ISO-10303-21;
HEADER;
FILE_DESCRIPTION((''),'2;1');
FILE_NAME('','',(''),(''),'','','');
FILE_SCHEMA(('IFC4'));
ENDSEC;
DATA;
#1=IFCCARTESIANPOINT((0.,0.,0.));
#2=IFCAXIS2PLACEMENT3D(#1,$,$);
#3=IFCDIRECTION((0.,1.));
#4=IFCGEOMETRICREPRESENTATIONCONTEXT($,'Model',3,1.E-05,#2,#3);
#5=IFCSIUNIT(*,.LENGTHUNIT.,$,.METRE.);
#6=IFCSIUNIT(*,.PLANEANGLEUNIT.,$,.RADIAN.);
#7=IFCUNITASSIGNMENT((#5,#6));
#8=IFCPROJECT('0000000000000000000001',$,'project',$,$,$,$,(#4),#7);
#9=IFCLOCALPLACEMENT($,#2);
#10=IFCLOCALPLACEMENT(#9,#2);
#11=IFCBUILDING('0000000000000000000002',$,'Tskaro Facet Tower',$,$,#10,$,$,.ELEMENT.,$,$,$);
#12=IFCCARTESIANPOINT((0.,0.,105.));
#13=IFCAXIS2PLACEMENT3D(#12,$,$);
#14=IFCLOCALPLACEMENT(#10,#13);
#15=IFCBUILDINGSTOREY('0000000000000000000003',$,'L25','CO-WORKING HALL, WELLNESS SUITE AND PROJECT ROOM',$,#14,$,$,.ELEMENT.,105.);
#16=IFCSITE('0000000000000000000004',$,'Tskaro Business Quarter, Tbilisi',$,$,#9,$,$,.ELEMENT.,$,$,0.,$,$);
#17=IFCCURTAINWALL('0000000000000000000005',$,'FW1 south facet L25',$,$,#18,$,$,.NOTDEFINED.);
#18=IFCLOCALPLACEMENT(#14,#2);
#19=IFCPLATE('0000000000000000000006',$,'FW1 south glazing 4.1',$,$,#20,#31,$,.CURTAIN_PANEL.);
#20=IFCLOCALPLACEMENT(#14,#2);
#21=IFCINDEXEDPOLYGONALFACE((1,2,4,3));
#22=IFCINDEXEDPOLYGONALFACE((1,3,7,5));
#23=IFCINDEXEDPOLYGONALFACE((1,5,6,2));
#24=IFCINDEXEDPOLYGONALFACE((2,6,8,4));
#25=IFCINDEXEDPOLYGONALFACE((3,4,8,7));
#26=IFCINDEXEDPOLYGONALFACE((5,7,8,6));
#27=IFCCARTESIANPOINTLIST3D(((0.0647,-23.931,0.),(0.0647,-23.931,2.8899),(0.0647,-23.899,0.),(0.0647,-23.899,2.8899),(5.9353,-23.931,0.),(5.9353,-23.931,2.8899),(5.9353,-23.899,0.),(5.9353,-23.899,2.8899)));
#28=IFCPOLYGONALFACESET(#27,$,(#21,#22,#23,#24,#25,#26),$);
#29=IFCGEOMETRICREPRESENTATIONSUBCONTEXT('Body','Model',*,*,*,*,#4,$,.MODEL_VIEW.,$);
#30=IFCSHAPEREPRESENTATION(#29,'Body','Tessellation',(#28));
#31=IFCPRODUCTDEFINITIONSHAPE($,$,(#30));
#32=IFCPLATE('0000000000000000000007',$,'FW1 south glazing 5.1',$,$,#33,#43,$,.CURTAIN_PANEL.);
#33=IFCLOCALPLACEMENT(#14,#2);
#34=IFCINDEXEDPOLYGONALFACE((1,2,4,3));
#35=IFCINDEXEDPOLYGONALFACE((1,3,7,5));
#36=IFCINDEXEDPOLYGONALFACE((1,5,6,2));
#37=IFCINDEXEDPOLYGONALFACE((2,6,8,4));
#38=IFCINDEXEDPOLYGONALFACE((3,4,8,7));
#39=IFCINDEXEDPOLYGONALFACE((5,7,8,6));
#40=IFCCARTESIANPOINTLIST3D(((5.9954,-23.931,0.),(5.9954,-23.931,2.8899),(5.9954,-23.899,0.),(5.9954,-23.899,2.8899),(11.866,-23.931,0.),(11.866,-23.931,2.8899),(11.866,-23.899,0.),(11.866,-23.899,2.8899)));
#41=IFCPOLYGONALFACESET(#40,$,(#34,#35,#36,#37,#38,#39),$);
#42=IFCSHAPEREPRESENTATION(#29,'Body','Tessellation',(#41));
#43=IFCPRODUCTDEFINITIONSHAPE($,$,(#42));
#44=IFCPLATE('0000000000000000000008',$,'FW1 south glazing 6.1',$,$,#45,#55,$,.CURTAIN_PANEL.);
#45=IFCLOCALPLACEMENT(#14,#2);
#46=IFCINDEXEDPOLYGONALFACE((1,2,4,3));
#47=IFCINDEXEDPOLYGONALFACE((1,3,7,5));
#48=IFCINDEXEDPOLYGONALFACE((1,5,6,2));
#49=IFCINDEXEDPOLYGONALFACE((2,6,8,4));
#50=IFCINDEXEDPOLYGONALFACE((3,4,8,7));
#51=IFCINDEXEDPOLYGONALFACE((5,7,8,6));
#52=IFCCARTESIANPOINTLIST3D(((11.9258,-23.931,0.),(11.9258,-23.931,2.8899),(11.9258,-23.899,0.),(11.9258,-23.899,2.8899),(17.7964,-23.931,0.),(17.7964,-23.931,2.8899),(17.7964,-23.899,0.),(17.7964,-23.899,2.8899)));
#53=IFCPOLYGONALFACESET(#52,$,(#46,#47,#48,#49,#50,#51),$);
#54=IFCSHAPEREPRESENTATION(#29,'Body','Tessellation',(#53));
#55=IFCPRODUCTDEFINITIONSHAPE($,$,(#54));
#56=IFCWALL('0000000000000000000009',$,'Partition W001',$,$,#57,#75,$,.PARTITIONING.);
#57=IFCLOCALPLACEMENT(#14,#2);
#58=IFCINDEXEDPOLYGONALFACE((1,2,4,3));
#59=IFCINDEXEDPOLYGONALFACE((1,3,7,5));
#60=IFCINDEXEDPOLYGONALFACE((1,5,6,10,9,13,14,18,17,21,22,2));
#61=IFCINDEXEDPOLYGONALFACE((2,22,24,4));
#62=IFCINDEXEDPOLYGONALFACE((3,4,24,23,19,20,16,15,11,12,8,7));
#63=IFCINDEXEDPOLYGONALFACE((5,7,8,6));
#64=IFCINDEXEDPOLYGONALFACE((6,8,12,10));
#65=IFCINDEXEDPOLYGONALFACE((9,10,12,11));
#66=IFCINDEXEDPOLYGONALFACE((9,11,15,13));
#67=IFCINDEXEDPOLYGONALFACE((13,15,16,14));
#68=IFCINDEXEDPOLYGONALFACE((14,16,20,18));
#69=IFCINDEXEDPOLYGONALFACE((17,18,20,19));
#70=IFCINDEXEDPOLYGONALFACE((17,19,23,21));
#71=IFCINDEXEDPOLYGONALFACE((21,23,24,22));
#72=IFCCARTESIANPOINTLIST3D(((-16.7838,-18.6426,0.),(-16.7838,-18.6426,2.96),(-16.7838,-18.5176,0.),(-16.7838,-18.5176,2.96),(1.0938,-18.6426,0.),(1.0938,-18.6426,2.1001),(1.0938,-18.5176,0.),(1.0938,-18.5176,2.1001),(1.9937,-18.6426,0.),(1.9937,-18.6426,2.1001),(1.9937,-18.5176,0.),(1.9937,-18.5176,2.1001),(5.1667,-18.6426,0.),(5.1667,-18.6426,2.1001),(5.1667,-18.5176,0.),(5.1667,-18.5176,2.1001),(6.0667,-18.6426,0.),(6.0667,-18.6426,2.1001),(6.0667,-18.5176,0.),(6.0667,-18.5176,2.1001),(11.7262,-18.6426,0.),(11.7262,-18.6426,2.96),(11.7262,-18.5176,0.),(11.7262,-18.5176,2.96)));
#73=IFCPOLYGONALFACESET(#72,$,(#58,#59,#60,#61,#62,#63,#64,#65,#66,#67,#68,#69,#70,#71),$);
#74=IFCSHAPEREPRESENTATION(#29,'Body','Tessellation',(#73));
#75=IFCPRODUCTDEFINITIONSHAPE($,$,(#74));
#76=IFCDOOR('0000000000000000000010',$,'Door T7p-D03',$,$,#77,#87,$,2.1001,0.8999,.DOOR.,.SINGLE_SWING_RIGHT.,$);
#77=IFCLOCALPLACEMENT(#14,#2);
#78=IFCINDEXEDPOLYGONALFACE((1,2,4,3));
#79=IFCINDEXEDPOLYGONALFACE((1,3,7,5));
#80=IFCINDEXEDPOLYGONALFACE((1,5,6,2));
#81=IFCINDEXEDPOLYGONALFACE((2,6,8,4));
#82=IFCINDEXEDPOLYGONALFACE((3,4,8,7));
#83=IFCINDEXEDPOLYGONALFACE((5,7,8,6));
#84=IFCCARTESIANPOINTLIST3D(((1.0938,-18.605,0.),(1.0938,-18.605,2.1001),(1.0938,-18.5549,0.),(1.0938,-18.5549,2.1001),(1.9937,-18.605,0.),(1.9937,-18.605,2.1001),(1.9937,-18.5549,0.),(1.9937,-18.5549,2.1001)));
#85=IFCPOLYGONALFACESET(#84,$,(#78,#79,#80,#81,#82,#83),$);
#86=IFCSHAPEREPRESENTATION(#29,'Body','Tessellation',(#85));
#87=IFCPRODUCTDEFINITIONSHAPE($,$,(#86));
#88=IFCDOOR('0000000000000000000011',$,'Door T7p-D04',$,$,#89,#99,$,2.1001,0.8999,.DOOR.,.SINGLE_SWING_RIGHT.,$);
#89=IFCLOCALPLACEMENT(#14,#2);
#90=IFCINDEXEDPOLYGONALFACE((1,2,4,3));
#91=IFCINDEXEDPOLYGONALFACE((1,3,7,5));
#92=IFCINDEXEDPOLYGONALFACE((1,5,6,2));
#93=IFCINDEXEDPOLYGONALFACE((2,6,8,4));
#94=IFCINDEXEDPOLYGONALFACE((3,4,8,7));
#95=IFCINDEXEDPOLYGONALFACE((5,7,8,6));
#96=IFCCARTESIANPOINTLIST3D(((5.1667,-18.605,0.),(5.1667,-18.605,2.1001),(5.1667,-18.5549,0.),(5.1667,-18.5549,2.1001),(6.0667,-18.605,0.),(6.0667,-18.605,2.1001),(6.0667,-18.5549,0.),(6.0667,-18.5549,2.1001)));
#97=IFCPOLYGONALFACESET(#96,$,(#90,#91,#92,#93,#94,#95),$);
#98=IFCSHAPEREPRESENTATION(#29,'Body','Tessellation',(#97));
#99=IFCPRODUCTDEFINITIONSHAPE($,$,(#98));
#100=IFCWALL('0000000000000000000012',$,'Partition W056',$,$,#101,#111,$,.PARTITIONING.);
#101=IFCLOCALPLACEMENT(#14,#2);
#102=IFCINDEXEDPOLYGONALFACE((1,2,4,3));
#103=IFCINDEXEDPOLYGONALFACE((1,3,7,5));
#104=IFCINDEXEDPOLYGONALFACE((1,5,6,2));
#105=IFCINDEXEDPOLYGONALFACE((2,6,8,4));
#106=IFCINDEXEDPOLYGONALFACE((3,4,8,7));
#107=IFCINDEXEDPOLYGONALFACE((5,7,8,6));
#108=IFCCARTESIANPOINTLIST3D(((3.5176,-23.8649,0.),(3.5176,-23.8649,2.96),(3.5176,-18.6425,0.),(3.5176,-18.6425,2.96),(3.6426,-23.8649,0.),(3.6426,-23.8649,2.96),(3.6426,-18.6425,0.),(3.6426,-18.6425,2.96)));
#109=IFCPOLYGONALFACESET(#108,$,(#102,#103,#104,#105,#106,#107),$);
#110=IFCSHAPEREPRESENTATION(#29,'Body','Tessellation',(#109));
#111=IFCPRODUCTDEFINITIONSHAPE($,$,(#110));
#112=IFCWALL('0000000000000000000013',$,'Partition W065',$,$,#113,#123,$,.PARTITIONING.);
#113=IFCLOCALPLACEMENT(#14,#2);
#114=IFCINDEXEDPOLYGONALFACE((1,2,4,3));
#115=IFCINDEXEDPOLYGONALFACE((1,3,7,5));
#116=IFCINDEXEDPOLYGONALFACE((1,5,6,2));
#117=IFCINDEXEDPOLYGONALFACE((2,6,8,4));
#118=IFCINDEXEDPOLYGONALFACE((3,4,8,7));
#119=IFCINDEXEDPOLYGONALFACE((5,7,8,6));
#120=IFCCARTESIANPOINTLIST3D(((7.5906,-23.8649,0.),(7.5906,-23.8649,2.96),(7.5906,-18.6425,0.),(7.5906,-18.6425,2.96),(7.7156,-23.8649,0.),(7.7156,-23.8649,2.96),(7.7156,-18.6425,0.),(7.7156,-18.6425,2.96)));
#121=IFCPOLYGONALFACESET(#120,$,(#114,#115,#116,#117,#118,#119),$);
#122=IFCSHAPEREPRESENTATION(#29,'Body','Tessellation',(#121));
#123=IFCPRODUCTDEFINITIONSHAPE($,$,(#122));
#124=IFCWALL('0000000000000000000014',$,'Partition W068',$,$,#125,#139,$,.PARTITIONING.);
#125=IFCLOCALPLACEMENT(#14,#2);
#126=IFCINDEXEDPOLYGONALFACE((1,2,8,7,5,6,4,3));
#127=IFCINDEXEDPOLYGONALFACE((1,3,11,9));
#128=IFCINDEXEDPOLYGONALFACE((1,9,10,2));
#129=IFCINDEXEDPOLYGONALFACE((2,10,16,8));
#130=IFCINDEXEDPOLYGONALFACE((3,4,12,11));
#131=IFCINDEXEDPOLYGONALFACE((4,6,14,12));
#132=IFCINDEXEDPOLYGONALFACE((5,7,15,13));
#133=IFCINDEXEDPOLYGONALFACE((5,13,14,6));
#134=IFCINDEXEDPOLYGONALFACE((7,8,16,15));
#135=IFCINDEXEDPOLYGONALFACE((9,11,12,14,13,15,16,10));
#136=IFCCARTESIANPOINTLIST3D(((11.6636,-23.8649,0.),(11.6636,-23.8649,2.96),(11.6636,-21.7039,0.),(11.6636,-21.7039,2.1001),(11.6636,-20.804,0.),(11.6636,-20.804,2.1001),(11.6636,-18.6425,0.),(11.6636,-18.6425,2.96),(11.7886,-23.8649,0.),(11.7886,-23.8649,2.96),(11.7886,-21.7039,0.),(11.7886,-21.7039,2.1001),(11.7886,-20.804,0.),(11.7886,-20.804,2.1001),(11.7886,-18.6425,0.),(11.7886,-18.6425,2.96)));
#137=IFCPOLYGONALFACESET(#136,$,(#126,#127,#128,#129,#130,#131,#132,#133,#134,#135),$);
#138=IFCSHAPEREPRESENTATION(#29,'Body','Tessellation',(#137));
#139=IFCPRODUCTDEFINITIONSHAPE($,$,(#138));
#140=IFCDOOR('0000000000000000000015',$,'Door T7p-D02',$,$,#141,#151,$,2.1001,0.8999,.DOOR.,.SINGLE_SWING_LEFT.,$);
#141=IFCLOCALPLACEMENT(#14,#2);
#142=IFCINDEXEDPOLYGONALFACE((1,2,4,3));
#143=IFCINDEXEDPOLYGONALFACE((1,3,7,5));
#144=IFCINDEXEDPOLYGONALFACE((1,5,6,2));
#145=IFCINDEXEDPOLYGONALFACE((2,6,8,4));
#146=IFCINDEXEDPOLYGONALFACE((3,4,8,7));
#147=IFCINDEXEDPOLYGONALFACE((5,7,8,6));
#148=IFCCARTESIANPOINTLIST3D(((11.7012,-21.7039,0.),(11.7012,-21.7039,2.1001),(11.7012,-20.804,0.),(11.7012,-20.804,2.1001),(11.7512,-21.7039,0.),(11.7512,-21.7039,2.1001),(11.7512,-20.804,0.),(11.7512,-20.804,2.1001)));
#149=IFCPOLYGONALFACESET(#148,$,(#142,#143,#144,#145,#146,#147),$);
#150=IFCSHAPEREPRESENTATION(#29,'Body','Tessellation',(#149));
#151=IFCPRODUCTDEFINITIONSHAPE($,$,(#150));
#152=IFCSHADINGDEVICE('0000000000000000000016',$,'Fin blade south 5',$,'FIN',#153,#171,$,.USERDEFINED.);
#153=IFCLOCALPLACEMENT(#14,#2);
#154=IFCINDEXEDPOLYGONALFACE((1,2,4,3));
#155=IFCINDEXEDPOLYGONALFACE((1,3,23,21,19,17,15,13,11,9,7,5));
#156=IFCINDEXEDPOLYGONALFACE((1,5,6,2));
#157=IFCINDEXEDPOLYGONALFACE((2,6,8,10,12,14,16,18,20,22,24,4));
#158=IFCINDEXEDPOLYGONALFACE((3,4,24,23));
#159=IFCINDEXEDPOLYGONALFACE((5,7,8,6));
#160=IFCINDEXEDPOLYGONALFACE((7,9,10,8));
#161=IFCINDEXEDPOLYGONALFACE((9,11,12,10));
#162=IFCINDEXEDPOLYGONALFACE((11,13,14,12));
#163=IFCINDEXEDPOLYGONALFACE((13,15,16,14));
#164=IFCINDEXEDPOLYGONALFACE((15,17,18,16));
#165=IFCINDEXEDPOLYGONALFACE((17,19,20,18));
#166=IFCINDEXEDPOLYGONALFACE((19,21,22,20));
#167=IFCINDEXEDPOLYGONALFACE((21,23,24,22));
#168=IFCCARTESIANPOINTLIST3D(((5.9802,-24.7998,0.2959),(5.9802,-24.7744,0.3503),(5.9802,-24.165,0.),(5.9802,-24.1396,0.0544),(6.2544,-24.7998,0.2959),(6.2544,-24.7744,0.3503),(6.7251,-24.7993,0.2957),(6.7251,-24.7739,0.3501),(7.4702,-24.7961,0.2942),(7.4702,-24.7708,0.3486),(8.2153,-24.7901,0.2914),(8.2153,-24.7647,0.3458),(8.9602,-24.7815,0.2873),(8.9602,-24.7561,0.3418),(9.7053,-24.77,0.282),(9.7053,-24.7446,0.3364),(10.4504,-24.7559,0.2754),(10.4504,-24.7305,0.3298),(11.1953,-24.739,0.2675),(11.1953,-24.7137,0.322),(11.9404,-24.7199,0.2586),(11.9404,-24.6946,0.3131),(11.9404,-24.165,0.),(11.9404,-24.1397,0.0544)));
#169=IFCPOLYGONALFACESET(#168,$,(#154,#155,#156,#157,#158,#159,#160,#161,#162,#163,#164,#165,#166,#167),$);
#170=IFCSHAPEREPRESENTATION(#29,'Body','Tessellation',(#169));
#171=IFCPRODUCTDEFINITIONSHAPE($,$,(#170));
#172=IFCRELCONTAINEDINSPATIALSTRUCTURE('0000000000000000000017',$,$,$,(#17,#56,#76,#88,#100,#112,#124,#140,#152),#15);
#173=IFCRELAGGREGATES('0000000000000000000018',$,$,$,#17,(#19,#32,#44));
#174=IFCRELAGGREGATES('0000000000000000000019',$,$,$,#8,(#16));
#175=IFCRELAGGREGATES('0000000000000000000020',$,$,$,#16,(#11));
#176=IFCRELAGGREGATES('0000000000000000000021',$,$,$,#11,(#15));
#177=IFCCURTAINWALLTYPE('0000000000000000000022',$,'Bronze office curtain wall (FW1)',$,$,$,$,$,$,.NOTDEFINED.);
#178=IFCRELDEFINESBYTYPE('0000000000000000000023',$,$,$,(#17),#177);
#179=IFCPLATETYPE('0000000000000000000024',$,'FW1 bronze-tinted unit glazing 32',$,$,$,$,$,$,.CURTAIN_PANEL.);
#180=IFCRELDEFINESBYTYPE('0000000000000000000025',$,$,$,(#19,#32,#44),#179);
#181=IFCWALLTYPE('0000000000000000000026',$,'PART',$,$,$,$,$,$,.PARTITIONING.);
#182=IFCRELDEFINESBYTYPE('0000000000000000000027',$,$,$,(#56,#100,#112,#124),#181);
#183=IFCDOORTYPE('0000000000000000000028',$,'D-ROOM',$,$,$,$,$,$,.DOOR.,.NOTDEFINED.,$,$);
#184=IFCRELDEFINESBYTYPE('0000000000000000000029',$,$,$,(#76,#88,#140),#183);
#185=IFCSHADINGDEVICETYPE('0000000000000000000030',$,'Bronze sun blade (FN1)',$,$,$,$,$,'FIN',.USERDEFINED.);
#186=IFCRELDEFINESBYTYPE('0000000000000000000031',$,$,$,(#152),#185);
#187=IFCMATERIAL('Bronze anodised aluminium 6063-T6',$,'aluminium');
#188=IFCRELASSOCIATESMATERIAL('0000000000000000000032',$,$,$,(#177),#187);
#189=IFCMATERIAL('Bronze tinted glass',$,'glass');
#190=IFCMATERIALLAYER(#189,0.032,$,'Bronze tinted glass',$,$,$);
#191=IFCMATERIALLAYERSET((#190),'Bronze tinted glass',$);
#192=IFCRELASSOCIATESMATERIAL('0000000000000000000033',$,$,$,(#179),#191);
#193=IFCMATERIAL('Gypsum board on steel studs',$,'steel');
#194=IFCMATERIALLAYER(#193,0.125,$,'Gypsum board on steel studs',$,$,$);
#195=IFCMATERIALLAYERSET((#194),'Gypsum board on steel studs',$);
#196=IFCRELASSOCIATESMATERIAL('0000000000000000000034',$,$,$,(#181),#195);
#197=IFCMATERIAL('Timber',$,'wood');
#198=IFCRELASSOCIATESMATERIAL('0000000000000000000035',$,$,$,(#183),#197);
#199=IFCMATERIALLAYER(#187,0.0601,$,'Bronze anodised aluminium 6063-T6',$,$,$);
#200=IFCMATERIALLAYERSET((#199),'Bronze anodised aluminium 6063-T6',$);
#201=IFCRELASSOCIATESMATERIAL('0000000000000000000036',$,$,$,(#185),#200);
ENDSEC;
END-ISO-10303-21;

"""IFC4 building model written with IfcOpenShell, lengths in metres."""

from ifc_helpers import new_model, si_unit, direction, frame, frame_2d, origin, origin_2d, place, context, subcontext, project, spatial, polyline, rectangle, outline, extrude, material, layer, layer_set, type_object, element, fill, aggregate, save


model = new_model("IFC4")

# Units and contexts
model_context = context("Model", 3, precision=1e-05, world=origin(), true_north=direction((0.0, 1.0)))
body_context = subcontext(model_context, "Body", "Model", "MODEL_VIEW")
ifc_project = project(units=[si_unit("LENGTHUNIT", "METRE"), si_unit("PLANEANGLEUNIT", "RADIAN")], contexts=[model_context])

# Site, building, storey
site_placement = place(None, origin())
site = spatial("IfcSite", under=ifc_project, at=site_placement, Name="Tskaro Business Quarter, Tbilisi", CompositionType="ELEMENT", RefElevation=0.0)
building_placement = place(site_placement, origin())
building = spatial("IfcBuilding", under=site, at=building_placement, Name="Tskaro Facet Tower", CompositionType="ELEMENT")
storey_placement = place(building_placement, frame((0.0, 0.0, 105.0)))
storey = spatial("IfcBuildingStorey", under=building, at=storey_placement, Name="L25", Description="CO-WORKING HALL, WELLNESS SUITE AND PROJECT ROOM", CompositionType="ELEMENT", Elevation=105.0)

# Curtain wall
ifc_material_1 = material(Name="Bronze anodised aluminium 6063-T6", Category="aluminium")
curtain_wall_type = type_object("IfcCurtainWallType", Name="Bronze office curtain wall (FW1)", PredefinedType="NOTDEFINED", material=ifc_material_1)
curtain_wall_placement = place(storey_placement, origin())
curtain_wall = element("IfcCurtainWall", 1, at=curtain_wall_placement, inside=storey, type_object=curtain_wall_type, Name="FW1 south facet L25", PredefinedType="NOTDEFINED")

# Plates
ifc_material_2 = material(Name="Bronze tinted glass", Category="glass")
ifc_layer_1 = layer(ifc_material_2, 0.032, Name="Bronze tinted glass")
ifc_layer_set_1 = layer_set([ifc_layer_1], Name="Bronze tinted glass")
plate_type = type_object("IfcPlateType", Name="FW1 bronze-tinted unit glazing 32", PredefinedType="CURTAIN_PANEL", material=ifc_layer_set_1)
plate_1_placement = place(storey_placement, frame((3.0, -23.915, 0.0), z_axis=(0.0, 0.0, 1.0), x_axis=(1.0, 0.0, 0.0)))
plate_1 = element("IfcPlate", 2, at=plate_1_placement, type_object=plate_type, Name="FW1 south glazing 4.1", PredefinedType="CURTAIN_PANEL", context=body_context, shape_type="SweptSolid", body=[
    extrude(rectangle(XDim=5.8706, YDim=0.032, at=origin_2d()), origin(), (0.0, 0.0, 1.0), 2.8899),
])
plate_2_placement = place(storey_placement, frame((8.9307, -23.915, 0.0), z_axis=(0.0, 0.0, 1.0), x_axis=(1.0, 0.0, 0.0)))
plate_2 = element("IfcPlate", 3, at=plate_2_placement, type_object=plate_type, Name="FW1 south glazing 5.1", PredefinedType="CURTAIN_PANEL", context=body_context, shape_type="SweptSolid", body=[
    extrude(rectangle(XDim=5.8706, YDim=0.032, at=origin_2d()), origin(), (0.0, 0.0, 1.0), 2.8899),
])
plate_3_placement = place(storey_placement, frame((14.8611, -23.915, 0.0), z_axis=(0.0, 0.0, 1.0), x_axis=(1.0, 0.0, 0.0)))
plate_3 = element("IfcPlate", 4, at=plate_3_placement, type_object=plate_type, Name="FW1 south glazing 6.1", PredefinedType="CURTAIN_PANEL", context=body_context, shape_type="SweptSolid", body=[
    extrude(rectangle(XDim=5.8706, YDim=0.032, at=origin_2d()), origin(), (0.0, 0.0, 1.0), 2.8899),
])
aggregate(curtain_wall, [plate_1, plate_2, plate_3])

# Wall, openings, doors
ifc_material_3 = material(Name="Gypsum board on steel studs", Category="steel")
ifc_layer_2 = layer(ifc_material_3, 0.125, Name="Gypsum board on steel studs")
ifc_layer_set_2 = layer_set([ifc_layer_2], Name="Gypsum board on steel studs")
wall_type = type_object("IfcWallType", Name="PART", PredefinedType="PARTITIONING", material=ifc_layer_set_2)
wall_1_placement = place(storey_placement, frame((11.7261, -18.5801, 0.0), z_axis=(0.0, 0.0, 1.0), x_axis=(-1.0, 0.0, 0.0)))
wall_1 = element("IfcWall", 5, at=wall_1_placement, inside=storey, type_object=wall_type, Name="Partition W001", PredefinedType="PARTITIONING", context=body_context, shape_type="SweptSolid", body=[
    extrude(rectangle(XDim=28.51, YDim=0.125, at=frame_2d((14.2549, 0.0))), origin(), (0.0, 0.0, 1.0), 2.96),
])
opening_1_placement = place(wall_1_placement, frame((9.7324, 0.0, 0.0)))
opening_1 = element("IfcOpeningElement", 6, at=opening_1_placement, cuts=wall_1, PredefinedType="OPENING", context=body_context, shape_type="SweptSolid", body=[
    extrude(rectangle(XDim=0.8999, YDim=2.1001, at=frame_2d((0.45, 1.05))), frame((0.0, 0.0725, 0.0), z_axis=(0.0, -1.0, 0.0), x_axis=(1.0, 0.0, 0.0)), (0.0, 0.0, 1.0), 0.145),
])
opening_2_placement = place(wall_1_placement, frame((5.6594, 0.0, 0.0)))
opening_2 = element("IfcOpeningElement", 7, at=opening_2_placement, cuts=wall_1, PredefinedType="OPENING", context=body_context, shape_type="SweptSolid", body=[
    extrude(rectangle(XDim=0.8999, YDim=2.1001, at=frame_2d((0.45, 1.05))), frame((0.0, 0.0725, 0.0), z_axis=(0.0, -1.0, 0.0), x_axis=(1.0, 0.0, 0.0)), (0.0, 0.0, 1.0), 0.145),
])
ifc_material_4 = material(Name="Timber", Category="wood")
door_type = type_object("IfcDoorType", Name="D-ROOM", OperationType="NOTDEFINED", PredefinedType="DOOR", material=ifc_material_4)
door_1_placement = place(opening_1_placement, origin())
door_1 = element("IfcDoor", 8, at=door_1_placement, inside=storey, type_object=door_type, Name="Door T7p-D03", OperationType="SINGLE_SWING_RIGHT", OverallHeight=2.1001, OverallWidth=0.8999, PredefinedType="DOOR", context=body_context, shape_type="SweptSolid", body=[
    extrude(rectangle(XDim=0.8999, YDim=2.1001, at=frame_2d((0.45, 1.05))), frame((0.0, 0.0249, 0.0), z_axis=(0.0, -1.0, 0.0), x_axis=(1.0, 0.0, 0.0)), (0.0, 0.0, 1.0), 0.05),
])
fill(opening_1, door_1)
door_2_placement = place(opening_2_placement, origin())
door_2 = element("IfcDoor", 9, at=door_2_placement, inside=storey, type_object=door_type, Name="Door T7p-D04", OperationType="SINGLE_SWING_RIGHT", OverallHeight=2.1001, OverallWidth=0.8999, PredefinedType="DOOR", context=body_context, shape_type="SweptSolid", body=[
    extrude(rectangle(XDim=0.8999, YDim=2.1001, at=frame_2d((0.45, 1.05))), frame((0.0, 0.0249, 0.0), z_axis=(0.0, -1.0, 0.0), x_axis=(1.0, 0.0, 0.0)), (0.0, 0.0, 1.0), 0.05),
])
fill(opening_2, door_2)

# Walls
for number, where, z_axis, x_axis, name in (
    (10, (3.5801, -23.865, 0.0), (0.0, 0.0, 1.0), (0.0, 1.0, 0.0), "Partition W056"),
    (11, (7.6531, -23.865, 0.0), (0.0, 0.0, 1.0), (0.0, 1.0, 0.0), "Partition W065"),
):
    element("IfcWall", number, at=place(storey_placement, frame(where, z_axis=z_axis, x_axis=x_axis)), inside=storey, type_object=wall_type, Name=name, PredefinedType="PARTITIONING", context=body_context, shape_type="SweptSolid", body=[
        extrude(rectangle(XDim=5.2224, YDim=0.125, at=frame_2d((2.6113, 0.0))), origin(), (0.0, 0.0, 1.0), 2.96),
    ])

# Wall, opening, door
wall_2_placement = place(storey_placement, frame((11.7261, -23.865, 0.0), z_axis=(0.0, 0.0, 1.0), x_axis=(0.0, 1.0, 0.0)))
wall_2 = element("IfcWall", 12, at=wall_2_placement, inside=storey, type_object=wall_type, Name="Partition W068", PredefinedType="PARTITIONING", context=body_context, shape_type="SweptSolid", body=[
    extrude(rectangle(XDim=5.2224, YDim=0.125, at=frame_2d((2.6113, 0.0))), origin(), (0.0, 0.0, 1.0), 2.96),
])
opening_3_placement = place(wall_2_placement, frame((2.1611, 0.0, 0.0)))
opening_3 = element("IfcOpeningElement", 13, at=opening_3_placement, cuts=wall_2, PredefinedType="OPENING", context=body_context, shape_type="SweptSolid", body=[
    extrude(rectangle(XDim=0.8999, YDim=2.1001, at=frame_2d((0.45, 1.05))), frame((0.0, 0.0725, 0.0), z_axis=(0.0, -1.0, 0.0), x_axis=(1.0, 0.0, 0.0)), (0.0, 0.0, 1.0), 0.145),
])
door_3_placement = place(opening_3_placement, origin())
door_3 = element("IfcDoor", 14, at=door_3_placement, inside=storey, type_object=door_type, Name="Door T7p-D02", OperationType="SINGLE_SWING_LEFT", OverallHeight=2.1001, OverallWidth=0.8999, PredefinedType="DOOR", context=body_context, shape_type="SweptSolid", body=[
    extrude(rectangle(XDim=0.8999, YDim=2.1001, at=frame_2d((0.45, 1.05))), frame((0.0, 0.0249, 0.0), z_axis=(0.0, -1.0, 0.0), x_axis=(1.0, 0.0, 0.0)), (0.0, 0.0, 1.0), 0.05),
])
fill(opening_3, door_3)

# Shading device
ifc_layer_3 = layer(ifc_material_1, 0.0601, Name="Bronze anodised aluminium 6063-T6")
ifc_layer_set_3 = layer_set([ifc_layer_3], Name="Bronze anodised aluminium 6063-T6")
shading_device_type = type_object("IfcShadingDeviceType", Name="Bronze sun blade (FN1)", ElementType="FIN", PredefinedType="USERDEFINED", material=ifc_layer_set_3)
shading_device_1_placement = place(storey_placement, frame((5.9802, -24.1396, 0.0544), z_axis=(0.00001, 0.422508, 0.906359), x_axis=(1.0, -0.000004, -0.000009)))
element("IfcShadingDevice", 15, at=shading_device_1_placement, inside=storey, type_object=shading_device_type, Name="Fin blade south 5", ObjectType="FIN", PredefinedType="USERDEFINED", context=body_context, shape_type="SweptSolid", body=[
    extrude(outline(polyline([(0.0, 0.0), (5.9602, 0.0), (5.9602, -0.6122), (5.2151, -0.6333), (4.4702, -0.6519), (3.7251, -0.6675), (2.98, -0.6801), (2.2351, -0.6896), (1.49, -0.6963), (0.7449, -0.6998), (0.2742, -0.7003), (0.0, -0.7003), (0.0, 0.0)])), origin(), (0.0, 0.0, -1.0), 0.0601),
])

save(model, "model.ifc")
